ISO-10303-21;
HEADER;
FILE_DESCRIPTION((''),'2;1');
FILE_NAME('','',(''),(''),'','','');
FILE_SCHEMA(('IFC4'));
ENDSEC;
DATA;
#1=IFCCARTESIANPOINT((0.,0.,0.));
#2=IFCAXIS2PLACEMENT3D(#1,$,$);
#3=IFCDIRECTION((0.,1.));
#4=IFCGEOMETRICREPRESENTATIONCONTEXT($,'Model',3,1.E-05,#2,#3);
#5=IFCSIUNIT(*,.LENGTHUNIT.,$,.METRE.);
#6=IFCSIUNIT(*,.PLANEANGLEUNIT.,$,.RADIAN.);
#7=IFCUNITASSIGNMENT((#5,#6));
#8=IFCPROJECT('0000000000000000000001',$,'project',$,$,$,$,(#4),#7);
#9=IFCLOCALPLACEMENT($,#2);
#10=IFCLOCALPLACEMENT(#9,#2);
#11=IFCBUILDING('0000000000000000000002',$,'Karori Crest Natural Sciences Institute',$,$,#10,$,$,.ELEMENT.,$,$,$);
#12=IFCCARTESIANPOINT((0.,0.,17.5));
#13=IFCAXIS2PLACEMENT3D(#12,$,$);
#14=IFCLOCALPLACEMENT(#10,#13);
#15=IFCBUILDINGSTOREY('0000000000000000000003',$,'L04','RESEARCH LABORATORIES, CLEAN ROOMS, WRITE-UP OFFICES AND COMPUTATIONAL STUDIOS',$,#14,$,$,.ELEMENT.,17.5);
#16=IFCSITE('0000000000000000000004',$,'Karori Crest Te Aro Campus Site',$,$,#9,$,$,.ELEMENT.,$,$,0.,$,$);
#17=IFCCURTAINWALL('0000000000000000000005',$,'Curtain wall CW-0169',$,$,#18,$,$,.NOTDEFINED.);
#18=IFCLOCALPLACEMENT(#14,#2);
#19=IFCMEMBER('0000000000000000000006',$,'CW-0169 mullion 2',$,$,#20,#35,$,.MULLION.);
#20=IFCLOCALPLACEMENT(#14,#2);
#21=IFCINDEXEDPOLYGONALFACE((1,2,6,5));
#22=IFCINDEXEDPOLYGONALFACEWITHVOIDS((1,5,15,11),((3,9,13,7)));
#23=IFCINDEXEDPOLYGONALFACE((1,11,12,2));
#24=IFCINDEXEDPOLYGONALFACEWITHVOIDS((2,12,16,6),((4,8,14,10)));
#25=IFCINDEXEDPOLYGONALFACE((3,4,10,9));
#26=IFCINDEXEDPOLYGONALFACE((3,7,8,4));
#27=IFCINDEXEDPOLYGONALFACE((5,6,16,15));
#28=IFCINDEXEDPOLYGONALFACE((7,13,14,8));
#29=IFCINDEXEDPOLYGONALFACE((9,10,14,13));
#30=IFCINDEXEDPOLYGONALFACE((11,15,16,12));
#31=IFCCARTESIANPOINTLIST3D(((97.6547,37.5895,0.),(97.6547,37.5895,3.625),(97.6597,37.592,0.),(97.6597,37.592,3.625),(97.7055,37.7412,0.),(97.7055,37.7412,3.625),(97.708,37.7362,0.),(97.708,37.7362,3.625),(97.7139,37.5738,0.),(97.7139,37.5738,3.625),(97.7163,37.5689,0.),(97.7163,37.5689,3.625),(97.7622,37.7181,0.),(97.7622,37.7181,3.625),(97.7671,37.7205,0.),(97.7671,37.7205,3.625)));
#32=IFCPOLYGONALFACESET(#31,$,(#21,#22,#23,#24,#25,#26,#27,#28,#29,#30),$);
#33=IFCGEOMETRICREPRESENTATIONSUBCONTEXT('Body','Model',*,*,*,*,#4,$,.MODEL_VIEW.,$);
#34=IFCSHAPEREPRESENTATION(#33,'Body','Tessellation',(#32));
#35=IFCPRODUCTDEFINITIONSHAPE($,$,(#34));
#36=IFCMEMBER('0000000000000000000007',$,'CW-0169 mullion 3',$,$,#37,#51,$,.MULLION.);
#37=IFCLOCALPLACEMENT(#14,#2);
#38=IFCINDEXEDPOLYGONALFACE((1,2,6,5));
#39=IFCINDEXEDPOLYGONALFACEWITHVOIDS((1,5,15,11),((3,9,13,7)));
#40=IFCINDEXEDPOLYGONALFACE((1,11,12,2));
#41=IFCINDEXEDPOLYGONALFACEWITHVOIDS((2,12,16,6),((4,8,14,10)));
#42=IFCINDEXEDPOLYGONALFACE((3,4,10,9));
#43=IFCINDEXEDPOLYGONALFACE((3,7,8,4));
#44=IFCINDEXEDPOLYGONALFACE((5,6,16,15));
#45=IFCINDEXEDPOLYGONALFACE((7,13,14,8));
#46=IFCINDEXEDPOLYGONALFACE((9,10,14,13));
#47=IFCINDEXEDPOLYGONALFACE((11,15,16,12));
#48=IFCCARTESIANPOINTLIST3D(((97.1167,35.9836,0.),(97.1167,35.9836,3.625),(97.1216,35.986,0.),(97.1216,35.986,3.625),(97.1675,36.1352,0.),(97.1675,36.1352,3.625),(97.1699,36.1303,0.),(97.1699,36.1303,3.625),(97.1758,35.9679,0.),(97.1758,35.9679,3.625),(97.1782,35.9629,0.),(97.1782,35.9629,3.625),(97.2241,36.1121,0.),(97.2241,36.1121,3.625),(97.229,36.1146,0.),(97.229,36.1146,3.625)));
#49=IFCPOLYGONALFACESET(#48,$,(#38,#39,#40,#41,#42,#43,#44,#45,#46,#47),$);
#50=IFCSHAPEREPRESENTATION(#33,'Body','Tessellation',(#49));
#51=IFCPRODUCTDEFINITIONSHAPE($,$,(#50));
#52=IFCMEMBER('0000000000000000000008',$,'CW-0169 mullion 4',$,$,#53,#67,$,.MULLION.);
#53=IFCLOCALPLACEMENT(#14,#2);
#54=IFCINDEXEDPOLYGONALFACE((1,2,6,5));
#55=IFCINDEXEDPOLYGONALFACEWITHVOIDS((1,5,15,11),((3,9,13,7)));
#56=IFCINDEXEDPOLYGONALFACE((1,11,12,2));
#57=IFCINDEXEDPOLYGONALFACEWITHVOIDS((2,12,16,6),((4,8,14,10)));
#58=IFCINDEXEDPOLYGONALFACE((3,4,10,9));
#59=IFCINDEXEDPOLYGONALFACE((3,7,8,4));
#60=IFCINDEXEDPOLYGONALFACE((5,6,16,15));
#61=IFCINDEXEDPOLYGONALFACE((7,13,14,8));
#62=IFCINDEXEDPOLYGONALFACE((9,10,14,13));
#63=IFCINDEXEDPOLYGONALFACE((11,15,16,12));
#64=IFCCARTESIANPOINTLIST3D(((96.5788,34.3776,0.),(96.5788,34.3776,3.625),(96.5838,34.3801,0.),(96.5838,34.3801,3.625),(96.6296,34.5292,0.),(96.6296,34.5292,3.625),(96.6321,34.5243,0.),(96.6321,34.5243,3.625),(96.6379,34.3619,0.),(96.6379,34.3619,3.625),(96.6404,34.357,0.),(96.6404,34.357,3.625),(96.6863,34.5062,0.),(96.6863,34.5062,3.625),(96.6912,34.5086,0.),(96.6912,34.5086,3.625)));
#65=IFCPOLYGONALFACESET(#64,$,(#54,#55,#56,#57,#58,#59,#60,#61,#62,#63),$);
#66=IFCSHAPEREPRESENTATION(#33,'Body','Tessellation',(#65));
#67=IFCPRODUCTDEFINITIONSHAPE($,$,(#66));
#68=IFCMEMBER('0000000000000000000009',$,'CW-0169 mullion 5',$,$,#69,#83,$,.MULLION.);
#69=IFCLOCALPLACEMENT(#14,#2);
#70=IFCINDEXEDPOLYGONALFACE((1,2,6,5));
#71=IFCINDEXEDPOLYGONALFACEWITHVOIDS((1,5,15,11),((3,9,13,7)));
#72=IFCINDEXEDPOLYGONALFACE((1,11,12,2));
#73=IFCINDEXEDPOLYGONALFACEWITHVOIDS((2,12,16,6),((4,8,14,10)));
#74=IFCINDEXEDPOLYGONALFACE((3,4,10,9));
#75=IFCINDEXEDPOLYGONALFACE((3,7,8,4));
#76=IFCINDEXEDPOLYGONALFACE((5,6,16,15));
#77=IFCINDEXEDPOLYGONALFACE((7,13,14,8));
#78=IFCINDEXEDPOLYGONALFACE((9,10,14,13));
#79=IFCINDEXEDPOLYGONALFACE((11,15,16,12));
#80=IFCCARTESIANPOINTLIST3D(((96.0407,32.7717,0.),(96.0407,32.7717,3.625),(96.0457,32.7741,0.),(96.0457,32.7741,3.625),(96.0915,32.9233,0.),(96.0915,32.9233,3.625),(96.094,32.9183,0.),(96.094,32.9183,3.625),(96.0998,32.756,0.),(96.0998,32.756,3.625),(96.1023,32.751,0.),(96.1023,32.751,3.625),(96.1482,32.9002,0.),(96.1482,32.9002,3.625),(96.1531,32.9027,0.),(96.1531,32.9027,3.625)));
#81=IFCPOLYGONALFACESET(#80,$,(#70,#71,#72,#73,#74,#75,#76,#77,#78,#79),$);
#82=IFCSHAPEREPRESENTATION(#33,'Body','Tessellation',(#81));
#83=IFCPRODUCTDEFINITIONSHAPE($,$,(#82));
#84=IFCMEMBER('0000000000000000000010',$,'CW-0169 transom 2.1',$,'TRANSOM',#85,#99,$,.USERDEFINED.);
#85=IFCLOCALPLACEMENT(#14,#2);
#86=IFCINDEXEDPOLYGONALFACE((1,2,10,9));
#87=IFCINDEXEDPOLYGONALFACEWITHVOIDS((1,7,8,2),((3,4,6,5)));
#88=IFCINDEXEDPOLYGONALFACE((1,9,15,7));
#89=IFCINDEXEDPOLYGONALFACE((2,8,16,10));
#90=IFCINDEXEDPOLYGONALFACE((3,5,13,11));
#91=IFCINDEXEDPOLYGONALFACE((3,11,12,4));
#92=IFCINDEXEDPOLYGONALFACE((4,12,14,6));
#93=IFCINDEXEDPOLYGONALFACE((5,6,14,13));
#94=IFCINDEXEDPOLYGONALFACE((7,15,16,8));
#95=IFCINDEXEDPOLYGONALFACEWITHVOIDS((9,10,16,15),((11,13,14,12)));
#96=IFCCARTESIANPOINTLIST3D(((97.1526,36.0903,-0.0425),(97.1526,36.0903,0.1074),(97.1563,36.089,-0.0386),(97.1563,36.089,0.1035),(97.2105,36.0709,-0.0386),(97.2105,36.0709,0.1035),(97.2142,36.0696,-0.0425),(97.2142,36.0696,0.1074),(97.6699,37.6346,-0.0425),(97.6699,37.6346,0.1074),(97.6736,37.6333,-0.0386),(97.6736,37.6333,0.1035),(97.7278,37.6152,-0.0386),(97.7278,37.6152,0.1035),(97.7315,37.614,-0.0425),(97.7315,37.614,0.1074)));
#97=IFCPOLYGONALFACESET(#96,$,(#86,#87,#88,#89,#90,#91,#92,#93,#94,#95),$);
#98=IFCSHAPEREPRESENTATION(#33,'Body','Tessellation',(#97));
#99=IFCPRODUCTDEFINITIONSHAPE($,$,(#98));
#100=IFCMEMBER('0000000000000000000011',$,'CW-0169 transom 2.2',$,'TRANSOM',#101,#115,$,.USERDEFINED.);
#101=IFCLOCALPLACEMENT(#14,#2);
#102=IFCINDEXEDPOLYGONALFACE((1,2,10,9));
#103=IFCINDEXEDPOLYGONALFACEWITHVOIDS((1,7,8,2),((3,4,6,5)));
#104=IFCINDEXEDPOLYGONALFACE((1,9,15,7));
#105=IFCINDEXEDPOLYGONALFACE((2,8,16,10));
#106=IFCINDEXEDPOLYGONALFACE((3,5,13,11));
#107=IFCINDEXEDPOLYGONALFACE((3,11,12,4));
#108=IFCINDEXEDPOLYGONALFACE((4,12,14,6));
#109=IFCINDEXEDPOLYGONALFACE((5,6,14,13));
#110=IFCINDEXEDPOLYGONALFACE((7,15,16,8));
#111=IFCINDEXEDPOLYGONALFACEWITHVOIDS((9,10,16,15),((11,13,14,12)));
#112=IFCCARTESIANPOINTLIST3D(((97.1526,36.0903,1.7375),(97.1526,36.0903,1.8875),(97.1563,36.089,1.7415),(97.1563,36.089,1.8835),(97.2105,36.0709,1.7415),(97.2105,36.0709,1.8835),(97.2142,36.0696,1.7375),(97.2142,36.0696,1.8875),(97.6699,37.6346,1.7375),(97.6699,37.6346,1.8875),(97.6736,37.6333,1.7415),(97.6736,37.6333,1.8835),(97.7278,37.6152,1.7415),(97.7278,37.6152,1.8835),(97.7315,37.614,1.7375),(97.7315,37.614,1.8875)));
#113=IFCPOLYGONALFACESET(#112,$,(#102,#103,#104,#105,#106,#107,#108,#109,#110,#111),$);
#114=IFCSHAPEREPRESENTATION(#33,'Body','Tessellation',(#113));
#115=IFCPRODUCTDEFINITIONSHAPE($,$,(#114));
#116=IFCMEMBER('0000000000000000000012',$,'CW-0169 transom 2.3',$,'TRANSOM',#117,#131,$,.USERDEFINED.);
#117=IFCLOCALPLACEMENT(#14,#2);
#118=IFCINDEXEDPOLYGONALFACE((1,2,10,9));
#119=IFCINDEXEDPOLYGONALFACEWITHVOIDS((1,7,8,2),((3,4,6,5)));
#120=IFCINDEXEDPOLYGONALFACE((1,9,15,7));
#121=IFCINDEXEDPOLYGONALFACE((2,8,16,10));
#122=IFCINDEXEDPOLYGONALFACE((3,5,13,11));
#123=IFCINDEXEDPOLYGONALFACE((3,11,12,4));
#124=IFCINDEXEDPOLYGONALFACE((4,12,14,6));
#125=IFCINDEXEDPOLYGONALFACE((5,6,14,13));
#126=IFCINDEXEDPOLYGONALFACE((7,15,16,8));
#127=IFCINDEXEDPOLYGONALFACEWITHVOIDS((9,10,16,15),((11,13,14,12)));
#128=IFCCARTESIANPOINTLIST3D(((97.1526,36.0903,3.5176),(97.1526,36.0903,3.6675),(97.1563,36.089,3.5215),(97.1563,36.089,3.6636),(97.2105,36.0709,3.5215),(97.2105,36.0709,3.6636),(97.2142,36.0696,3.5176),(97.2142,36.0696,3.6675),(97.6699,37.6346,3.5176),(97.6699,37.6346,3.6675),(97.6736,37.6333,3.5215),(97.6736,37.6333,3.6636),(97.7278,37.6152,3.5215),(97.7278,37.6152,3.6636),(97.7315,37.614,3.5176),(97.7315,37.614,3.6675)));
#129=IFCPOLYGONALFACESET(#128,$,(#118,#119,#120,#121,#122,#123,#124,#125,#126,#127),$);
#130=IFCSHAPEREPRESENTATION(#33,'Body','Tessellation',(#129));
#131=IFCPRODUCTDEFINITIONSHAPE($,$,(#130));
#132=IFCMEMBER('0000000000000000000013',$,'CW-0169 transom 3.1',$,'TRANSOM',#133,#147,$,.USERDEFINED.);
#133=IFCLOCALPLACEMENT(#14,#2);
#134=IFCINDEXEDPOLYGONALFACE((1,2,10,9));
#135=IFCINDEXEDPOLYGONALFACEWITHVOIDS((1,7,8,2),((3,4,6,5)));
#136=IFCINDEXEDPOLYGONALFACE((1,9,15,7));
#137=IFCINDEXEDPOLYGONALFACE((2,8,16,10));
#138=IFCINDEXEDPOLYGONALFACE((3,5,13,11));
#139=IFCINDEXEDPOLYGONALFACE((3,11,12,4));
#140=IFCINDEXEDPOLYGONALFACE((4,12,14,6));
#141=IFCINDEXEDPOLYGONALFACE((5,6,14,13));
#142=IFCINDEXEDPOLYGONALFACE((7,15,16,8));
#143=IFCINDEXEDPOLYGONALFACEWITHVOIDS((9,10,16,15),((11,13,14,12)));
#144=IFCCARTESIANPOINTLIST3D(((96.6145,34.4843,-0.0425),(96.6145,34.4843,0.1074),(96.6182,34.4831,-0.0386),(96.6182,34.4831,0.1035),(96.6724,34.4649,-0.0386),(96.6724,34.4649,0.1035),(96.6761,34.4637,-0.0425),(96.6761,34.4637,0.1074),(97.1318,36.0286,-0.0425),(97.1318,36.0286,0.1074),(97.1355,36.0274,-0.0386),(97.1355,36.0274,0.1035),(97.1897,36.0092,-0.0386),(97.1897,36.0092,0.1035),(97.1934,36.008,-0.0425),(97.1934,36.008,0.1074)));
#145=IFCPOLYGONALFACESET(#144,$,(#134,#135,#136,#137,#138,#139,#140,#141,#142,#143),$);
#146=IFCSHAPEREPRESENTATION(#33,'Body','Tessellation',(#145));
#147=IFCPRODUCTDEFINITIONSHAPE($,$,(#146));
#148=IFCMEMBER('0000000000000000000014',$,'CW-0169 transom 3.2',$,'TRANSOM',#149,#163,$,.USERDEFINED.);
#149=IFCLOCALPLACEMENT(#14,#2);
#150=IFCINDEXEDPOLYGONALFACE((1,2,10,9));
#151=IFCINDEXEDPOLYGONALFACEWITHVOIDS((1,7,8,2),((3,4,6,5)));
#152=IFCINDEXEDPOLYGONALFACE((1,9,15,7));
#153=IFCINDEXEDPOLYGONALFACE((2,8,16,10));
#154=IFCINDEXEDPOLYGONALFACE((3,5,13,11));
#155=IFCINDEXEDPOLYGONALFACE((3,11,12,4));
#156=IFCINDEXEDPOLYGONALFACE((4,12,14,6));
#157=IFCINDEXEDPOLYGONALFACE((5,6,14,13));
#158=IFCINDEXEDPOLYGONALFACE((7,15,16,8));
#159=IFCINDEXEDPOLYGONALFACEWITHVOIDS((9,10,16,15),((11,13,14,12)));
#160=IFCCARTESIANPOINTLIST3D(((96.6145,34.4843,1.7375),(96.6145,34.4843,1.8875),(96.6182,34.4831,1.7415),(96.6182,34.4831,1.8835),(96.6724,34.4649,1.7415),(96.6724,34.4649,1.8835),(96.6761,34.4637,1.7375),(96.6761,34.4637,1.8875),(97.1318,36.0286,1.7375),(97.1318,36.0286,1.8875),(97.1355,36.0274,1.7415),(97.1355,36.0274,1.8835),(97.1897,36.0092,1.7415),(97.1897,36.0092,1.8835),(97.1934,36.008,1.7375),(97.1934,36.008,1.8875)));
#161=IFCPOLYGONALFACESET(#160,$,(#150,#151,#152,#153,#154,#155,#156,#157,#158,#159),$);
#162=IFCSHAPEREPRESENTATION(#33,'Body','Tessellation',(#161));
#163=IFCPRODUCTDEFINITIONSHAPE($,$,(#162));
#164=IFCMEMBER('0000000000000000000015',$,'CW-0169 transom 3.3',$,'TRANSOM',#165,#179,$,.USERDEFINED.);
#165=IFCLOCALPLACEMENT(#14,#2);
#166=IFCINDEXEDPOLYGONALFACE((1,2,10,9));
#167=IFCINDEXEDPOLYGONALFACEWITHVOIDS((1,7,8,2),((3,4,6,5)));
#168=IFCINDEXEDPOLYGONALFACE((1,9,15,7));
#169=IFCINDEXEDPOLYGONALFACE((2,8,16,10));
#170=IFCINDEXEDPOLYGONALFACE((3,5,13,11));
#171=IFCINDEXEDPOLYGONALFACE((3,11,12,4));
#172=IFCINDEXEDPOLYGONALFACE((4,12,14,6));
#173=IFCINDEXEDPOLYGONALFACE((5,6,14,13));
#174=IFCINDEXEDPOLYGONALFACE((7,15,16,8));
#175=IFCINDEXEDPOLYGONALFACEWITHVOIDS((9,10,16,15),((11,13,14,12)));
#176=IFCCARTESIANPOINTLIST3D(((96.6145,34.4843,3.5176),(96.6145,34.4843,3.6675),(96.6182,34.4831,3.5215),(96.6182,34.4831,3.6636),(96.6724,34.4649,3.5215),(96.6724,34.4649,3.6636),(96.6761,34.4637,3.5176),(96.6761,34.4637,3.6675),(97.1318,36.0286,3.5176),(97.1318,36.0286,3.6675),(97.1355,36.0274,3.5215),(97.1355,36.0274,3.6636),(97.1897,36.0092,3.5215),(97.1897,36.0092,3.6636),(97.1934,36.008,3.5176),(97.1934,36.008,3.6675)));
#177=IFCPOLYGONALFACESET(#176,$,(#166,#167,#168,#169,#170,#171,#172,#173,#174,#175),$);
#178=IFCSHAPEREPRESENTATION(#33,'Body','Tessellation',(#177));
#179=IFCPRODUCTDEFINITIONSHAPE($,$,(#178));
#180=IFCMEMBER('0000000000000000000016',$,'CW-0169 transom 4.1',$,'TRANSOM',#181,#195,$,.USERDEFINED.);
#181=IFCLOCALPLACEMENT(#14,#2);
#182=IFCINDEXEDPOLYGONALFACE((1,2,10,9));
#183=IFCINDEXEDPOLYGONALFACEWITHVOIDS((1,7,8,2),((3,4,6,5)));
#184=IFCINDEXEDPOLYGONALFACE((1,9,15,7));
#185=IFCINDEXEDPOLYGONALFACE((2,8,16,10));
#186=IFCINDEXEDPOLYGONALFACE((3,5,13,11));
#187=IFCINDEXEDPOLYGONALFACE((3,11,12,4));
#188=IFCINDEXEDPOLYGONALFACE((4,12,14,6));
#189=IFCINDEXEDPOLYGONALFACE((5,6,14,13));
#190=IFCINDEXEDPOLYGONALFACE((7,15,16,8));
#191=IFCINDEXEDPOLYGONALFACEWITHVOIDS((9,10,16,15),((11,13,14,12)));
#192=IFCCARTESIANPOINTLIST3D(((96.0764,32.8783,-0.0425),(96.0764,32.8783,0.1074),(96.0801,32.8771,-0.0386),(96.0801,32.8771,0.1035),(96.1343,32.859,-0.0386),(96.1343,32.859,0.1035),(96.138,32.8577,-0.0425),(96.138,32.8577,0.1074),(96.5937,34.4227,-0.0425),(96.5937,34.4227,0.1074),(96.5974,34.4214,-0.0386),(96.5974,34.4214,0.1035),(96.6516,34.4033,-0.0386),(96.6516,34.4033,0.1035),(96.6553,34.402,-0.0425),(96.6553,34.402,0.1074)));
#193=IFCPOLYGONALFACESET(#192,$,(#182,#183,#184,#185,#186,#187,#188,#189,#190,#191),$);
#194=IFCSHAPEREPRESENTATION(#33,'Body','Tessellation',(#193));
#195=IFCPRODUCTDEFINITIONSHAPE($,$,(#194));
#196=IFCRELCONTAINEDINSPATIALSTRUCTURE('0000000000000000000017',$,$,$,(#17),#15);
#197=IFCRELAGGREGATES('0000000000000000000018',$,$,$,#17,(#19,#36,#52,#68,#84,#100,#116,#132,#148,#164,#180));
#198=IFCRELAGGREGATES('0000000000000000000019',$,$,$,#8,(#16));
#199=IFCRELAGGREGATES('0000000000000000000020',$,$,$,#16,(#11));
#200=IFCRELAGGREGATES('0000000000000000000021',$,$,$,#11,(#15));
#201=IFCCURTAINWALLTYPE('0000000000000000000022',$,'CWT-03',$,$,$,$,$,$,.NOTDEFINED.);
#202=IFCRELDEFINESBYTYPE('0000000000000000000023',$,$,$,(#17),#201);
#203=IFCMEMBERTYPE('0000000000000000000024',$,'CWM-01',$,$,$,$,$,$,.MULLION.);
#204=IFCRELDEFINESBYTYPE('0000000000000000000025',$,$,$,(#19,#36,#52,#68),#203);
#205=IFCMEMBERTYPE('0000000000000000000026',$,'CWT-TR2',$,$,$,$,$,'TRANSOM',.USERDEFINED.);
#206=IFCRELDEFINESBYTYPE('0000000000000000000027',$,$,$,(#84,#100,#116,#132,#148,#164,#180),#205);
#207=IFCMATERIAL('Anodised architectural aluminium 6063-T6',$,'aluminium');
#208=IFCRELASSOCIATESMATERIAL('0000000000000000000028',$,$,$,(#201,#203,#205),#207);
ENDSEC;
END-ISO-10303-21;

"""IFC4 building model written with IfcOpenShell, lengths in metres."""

from ifc_helpers import new_model, si_unit, direction, frame, origin, origin_2d, place, context, subcontext, project, spatial, hollow_rectangle, extrude, material, material_profile, profile_set, type_object, element, aggregate, save


model = new_model("IFC4")

# Units and contexts
model_context = context("Model", 3, precision=1e-05, world=origin(), true_north=direction((0.0, 1.0)))
body_context = subcontext(model_context, "Body", "Model", "MODEL_VIEW")
ifc_project = project(units=[si_unit("LENGTHUNIT", "METRE"), si_unit("PLANEANGLEUNIT", "RADIAN")], contexts=[model_context])

# Site, building, storey
site_placement = place(None, origin())
site = spatial("IfcSite", under=ifc_project, at=site_placement, Name="Karori Crest Te Aro Campus Site", CompositionType="ELEMENT", RefElevation=0.0)
building_placement = place(site_placement, origin())
building = spatial("IfcBuilding", under=site, at=building_placement, Name="Karori Crest Natural Sciences Institute", CompositionType="ELEMENT")
storey_placement = place(building_placement, frame((0.0, 0.0, 17.5)))
storey = spatial("IfcBuildingStorey", under=building, at=storey_placement, Name="L04", Description="RESEARCH LABORATORIES, CLEAN ROOMS, WRITE-UP OFFICES AND COMPUTATIONAL STUDIOS", CompositionType="ELEMENT", Elevation=17.5)

# Curtain wall, members
ifc_material_1 = material(Name="Anodised architectural aluminium 6063-T6", Category="aluminium")
curtain_wall_type = type_object("IfcCurtainWallType", Name="CWT-03", PredefinedType="NOTDEFINED", material=ifc_material_1)
curtain_wall_placement = place(storey_placement, origin())
curtain_wall = element("IfcCurtainWall", 1, at=curtain_wall_placement, inside=storey, type_object=curtain_wall_type, Name="Curtain wall CW-0169", PredefinedType="NOTDEFINED")
ifc_material_profile_1 = material_profile(ifc_material_1, hollow_rectangle(XDim=0.0649, YDim=0.1599, WallThickness=0.0039, at=origin_2d()), Name="CWM160x65x4")
ifc_profile_set_1 = profile_set([ifc_material_profile_1], Name="Anodised architectural aluminium 6063-T6")
member_type_1 = type_object("IfcMemberType", Name="CWM-01", PredefinedType="MULLION", material=ifc_profile_set_1)
member_1_placement = place(storey_placement, frame((97.7109, 37.655, 0.0), z_axis=(0.0, 0.0, 1.0), x_axis=(0.948198, -0.31768, 0.0)))
member_1 = element("IfcMember", 2, at=member_1_placement, type_object=member_type_1, Name="CW-0169 mullion 2", PredefinedType="MULLION", context=body_context, shape_type="SweptSolid", body=[
    extrude(hollow_rectangle(XDim=0.0649, YDim=0.1599, WallThickness=0.0039, at=origin_2d()), origin(), (0.0, 0.0, 1.0), 3.625),
])
member_2_placement = place(storey_placement, frame((97.1729, 36.0491, 0.0), z_axis=(0.0, 0.0, 1.0), x_axis=(0.948198, -0.31768, 0.0)))
member_2 = element("IfcMember", 3, at=member_2_placement, type_object=member_type_1, Name="CW-0169 mullion 3", PredefinedType="MULLION", context=body_context, shape_type="SweptSolid", body=[
    extrude(hollow_rectangle(XDim=0.0649, YDim=0.1599, WallThickness=0.0039, at=origin_2d()), origin(), (0.0, 0.0, 1.0), 3.625),
])
member_3_placement = place(storey_placement, frame((96.635, 34.4431, 0.0), z_axis=(0.0, 0.0, 1.0), x_axis=(0.948198, -0.31768, 0.0)))
member_3 = element("IfcMember", 4, at=member_3_placement, type_object=member_type_1, Name="CW-0169 mullion 4", PredefinedType="MULLION", context=body_context, shape_type="SweptSolid", body=[
    extrude(hollow_rectangle(XDim=0.0649, YDim=0.1599, WallThickness=0.0039, at=origin_2d()), origin(), (0.0, 0.0, 1.0), 3.625),
])
member_4_placement = place(storey_placement, frame((96.0969, 32.8372, 0.0), z_axis=(0.0, 0.0, 1.0), x_axis=(0.948198, -0.31768, 0.0)))
member_4 = element("IfcMember", 5, at=member_4_placement, type_object=member_type_1, Name="CW-0169 mullion 5", PredefinedType="MULLION", context=body_context, shape_type="SweptSolid", body=[
    extrude(hollow_rectangle(XDim=0.0649, YDim=0.1599, WallThickness=0.0039, at=origin_2d()), origin(), (0.0, 0.0, 1.0), 3.625),
])
ifc_material_profile_2 = material_profile(ifc_material_1, hollow_rectangle(XDim=0.0649, YDim=0.1499, WallThickness=0.0039, at=origin_2d()), Name="CWT150x65x4")
ifc_profile_set_2 = profile_set([ifc_material_profile_2], Name="Anodised architectural aluminium 6063-T6")
member_type_2 = type_object("IfcMemberType", Name="CWT-TR2", ElementType="TRANSOM", PredefinedType="USERDEFINED", material=ifc_profile_set_2)
member_5_placement = place(storey_placement, frame((97.7007, 37.6243, 0.0325), z_axis=(-0.317621, -0.948218, 0.0), x_axis=(0.948218, -0.317621, 0.0)))
member_5 = element("IfcMember", 6, at=member_5_placement, type_object=member_type_2, Name="CW-0169 transom 2.1", ObjectType="TRANSOM", PredefinedType="USERDEFINED", context=body_context, shape_type="SweptSolid", body=[
    extrude(hollow_rectangle(XDim=0.0649, YDim=0.1499, WallThickness=0.0039, at=origin_2d()), origin(), (0.0, 0.0, 1.0), 1.6287),
])
member_6_placement = place(storey_placement, frame((97.7007, 37.6243, 1.8125), z_axis=(-0.317621, -0.948218, 0.0), x_axis=(0.948218, -0.317621, 0.0)))
member_6 = element("IfcMember", 7, at=member_6_placement, type_object=member_type_2, Name="CW-0169 transom 2.2", ObjectType="TRANSOM", PredefinedType="USERDEFINED", context=body_context, shape_type="SweptSolid", body=[
    extrude(hollow_rectangle(XDim=0.0649, YDim=0.1499, WallThickness=0.0039, at=origin_2d()), origin(), (0.0, 0.0, 1.0), 1.6287),
])
member_7_placement = place(storey_placement, frame((97.7007, 37.6243, 3.5925), z_axis=(-0.317621, -0.948218, 0.0), x_axis=(0.948218, -0.317621, 0.0)))
member_7 = element("IfcMember", 8, at=member_7_placement, type_object=member_type_2, Name="CW-0169 transom 2.3", ObjectType="TRANSOM", PredefinedType="USERDEFINED", context=body_context, shape_type="SweptSolid", body=[
    extrude(hollow_rectangle(XDim=0.0649, YDim=0.1499, WallThickness=0.0039, at=origin_2d()), origin(), (0.0, 0.0, 1.0), 1.6287),
])
member_8_placement = place(storey_placement, frame((97.1626, 36.0183, 0.0325), z_axis=(-0.317621, -0.948218, 0.0), x_axis=(0.948218, -0.317621, 0.0)))
member_8 = element("IfcMember", 9, at=member_8_placement, type_object=member_type_2, Name="CW-0169 transom 3.1", ObjectType="TRANSOM", PredefinedType="USERDEFINED", context=body_context, shape_type="SweptSolid", body=[
    extrude(hollow_rectangle(XDim=0.0649, YDim=0.1499, WallThickness=0.0039, at=origin_2d()), origin(), (0.0, 0.0, 1.0), 1.6287),
])
member_9_placement = place(storey_placement, frame((97.1626, 36.0183, 1.8125), z_axis=(-0.317621, -0.948218, 0.0), x_axis=(0.948218, -0.317621, 0.0)))
member_9 = element("IfcMember", 10, at=member_9_placement, type_object=member_type_2, Name="CW-0169 transom 3.2", ObjectType="TRANSOM", PredefinedType="USERDEFINED", context=body_context, shape_type="SweptSolid", body=[
    extrude(hollow_rectangle(XDim=0.0649, YDim=0.1499, WallThickness=0.0039, at=origin_2d()), origin(), (0.0, 0.0, 1.0), 1.6287),
])
member_10_placement = place(storey_placement, frame((97.1626, 36.0183, 3.5925), z_axis=(-0.317621, -0.948218, 0.0), x_axis=(0.948218, -0.317621, 0.0)))
member_10 = element("IfcMember", 11, at=member_10_placement, type_object=member_type_2, Name="CW-0169 transom 3.3", ObjectType="TRANSOM", PredefinedType="USERDEFINED", context=body_context, shape_type="SweptSolid", body=[
    extrude(hollow_rectangle(XDim=0.0649, YDim=0.1499, WallThickness=0.0039, at=origin_2d()), origin(), (0.0, 0.0, 1.0), 1.6287),
])
member_11_placement = place(storey_placement, frame((96.6245, 34.4124, 0.0325), z_axis=(-0.317621, -0.948218, 0.0), x_axis=(0.948218, -0.317621, 0.0)))
member_11 = element("IfcMember", 12, at=member_11_placement, type_object=member_type_2, Name="CW-0169 transom 4.1", ObjectType="TRANSOM", PredefinedType="USERDEFINED", context=body_context, shape_type="SweptSolid", body=[
    extrude(hollow_rectangle(XDim=0.0649, YDim=0.1499, WallThickness=0.0039, at=origin_2d()), origin(), (0.0, 0.0, 1.0), 1.6287),
])
aggregate(curtain_wall, [member_1, member_2, member_3, member_4, member_5, member_6, member_7, member_8, member_9, member_10, member_11])

save(model, "model.ifc")
